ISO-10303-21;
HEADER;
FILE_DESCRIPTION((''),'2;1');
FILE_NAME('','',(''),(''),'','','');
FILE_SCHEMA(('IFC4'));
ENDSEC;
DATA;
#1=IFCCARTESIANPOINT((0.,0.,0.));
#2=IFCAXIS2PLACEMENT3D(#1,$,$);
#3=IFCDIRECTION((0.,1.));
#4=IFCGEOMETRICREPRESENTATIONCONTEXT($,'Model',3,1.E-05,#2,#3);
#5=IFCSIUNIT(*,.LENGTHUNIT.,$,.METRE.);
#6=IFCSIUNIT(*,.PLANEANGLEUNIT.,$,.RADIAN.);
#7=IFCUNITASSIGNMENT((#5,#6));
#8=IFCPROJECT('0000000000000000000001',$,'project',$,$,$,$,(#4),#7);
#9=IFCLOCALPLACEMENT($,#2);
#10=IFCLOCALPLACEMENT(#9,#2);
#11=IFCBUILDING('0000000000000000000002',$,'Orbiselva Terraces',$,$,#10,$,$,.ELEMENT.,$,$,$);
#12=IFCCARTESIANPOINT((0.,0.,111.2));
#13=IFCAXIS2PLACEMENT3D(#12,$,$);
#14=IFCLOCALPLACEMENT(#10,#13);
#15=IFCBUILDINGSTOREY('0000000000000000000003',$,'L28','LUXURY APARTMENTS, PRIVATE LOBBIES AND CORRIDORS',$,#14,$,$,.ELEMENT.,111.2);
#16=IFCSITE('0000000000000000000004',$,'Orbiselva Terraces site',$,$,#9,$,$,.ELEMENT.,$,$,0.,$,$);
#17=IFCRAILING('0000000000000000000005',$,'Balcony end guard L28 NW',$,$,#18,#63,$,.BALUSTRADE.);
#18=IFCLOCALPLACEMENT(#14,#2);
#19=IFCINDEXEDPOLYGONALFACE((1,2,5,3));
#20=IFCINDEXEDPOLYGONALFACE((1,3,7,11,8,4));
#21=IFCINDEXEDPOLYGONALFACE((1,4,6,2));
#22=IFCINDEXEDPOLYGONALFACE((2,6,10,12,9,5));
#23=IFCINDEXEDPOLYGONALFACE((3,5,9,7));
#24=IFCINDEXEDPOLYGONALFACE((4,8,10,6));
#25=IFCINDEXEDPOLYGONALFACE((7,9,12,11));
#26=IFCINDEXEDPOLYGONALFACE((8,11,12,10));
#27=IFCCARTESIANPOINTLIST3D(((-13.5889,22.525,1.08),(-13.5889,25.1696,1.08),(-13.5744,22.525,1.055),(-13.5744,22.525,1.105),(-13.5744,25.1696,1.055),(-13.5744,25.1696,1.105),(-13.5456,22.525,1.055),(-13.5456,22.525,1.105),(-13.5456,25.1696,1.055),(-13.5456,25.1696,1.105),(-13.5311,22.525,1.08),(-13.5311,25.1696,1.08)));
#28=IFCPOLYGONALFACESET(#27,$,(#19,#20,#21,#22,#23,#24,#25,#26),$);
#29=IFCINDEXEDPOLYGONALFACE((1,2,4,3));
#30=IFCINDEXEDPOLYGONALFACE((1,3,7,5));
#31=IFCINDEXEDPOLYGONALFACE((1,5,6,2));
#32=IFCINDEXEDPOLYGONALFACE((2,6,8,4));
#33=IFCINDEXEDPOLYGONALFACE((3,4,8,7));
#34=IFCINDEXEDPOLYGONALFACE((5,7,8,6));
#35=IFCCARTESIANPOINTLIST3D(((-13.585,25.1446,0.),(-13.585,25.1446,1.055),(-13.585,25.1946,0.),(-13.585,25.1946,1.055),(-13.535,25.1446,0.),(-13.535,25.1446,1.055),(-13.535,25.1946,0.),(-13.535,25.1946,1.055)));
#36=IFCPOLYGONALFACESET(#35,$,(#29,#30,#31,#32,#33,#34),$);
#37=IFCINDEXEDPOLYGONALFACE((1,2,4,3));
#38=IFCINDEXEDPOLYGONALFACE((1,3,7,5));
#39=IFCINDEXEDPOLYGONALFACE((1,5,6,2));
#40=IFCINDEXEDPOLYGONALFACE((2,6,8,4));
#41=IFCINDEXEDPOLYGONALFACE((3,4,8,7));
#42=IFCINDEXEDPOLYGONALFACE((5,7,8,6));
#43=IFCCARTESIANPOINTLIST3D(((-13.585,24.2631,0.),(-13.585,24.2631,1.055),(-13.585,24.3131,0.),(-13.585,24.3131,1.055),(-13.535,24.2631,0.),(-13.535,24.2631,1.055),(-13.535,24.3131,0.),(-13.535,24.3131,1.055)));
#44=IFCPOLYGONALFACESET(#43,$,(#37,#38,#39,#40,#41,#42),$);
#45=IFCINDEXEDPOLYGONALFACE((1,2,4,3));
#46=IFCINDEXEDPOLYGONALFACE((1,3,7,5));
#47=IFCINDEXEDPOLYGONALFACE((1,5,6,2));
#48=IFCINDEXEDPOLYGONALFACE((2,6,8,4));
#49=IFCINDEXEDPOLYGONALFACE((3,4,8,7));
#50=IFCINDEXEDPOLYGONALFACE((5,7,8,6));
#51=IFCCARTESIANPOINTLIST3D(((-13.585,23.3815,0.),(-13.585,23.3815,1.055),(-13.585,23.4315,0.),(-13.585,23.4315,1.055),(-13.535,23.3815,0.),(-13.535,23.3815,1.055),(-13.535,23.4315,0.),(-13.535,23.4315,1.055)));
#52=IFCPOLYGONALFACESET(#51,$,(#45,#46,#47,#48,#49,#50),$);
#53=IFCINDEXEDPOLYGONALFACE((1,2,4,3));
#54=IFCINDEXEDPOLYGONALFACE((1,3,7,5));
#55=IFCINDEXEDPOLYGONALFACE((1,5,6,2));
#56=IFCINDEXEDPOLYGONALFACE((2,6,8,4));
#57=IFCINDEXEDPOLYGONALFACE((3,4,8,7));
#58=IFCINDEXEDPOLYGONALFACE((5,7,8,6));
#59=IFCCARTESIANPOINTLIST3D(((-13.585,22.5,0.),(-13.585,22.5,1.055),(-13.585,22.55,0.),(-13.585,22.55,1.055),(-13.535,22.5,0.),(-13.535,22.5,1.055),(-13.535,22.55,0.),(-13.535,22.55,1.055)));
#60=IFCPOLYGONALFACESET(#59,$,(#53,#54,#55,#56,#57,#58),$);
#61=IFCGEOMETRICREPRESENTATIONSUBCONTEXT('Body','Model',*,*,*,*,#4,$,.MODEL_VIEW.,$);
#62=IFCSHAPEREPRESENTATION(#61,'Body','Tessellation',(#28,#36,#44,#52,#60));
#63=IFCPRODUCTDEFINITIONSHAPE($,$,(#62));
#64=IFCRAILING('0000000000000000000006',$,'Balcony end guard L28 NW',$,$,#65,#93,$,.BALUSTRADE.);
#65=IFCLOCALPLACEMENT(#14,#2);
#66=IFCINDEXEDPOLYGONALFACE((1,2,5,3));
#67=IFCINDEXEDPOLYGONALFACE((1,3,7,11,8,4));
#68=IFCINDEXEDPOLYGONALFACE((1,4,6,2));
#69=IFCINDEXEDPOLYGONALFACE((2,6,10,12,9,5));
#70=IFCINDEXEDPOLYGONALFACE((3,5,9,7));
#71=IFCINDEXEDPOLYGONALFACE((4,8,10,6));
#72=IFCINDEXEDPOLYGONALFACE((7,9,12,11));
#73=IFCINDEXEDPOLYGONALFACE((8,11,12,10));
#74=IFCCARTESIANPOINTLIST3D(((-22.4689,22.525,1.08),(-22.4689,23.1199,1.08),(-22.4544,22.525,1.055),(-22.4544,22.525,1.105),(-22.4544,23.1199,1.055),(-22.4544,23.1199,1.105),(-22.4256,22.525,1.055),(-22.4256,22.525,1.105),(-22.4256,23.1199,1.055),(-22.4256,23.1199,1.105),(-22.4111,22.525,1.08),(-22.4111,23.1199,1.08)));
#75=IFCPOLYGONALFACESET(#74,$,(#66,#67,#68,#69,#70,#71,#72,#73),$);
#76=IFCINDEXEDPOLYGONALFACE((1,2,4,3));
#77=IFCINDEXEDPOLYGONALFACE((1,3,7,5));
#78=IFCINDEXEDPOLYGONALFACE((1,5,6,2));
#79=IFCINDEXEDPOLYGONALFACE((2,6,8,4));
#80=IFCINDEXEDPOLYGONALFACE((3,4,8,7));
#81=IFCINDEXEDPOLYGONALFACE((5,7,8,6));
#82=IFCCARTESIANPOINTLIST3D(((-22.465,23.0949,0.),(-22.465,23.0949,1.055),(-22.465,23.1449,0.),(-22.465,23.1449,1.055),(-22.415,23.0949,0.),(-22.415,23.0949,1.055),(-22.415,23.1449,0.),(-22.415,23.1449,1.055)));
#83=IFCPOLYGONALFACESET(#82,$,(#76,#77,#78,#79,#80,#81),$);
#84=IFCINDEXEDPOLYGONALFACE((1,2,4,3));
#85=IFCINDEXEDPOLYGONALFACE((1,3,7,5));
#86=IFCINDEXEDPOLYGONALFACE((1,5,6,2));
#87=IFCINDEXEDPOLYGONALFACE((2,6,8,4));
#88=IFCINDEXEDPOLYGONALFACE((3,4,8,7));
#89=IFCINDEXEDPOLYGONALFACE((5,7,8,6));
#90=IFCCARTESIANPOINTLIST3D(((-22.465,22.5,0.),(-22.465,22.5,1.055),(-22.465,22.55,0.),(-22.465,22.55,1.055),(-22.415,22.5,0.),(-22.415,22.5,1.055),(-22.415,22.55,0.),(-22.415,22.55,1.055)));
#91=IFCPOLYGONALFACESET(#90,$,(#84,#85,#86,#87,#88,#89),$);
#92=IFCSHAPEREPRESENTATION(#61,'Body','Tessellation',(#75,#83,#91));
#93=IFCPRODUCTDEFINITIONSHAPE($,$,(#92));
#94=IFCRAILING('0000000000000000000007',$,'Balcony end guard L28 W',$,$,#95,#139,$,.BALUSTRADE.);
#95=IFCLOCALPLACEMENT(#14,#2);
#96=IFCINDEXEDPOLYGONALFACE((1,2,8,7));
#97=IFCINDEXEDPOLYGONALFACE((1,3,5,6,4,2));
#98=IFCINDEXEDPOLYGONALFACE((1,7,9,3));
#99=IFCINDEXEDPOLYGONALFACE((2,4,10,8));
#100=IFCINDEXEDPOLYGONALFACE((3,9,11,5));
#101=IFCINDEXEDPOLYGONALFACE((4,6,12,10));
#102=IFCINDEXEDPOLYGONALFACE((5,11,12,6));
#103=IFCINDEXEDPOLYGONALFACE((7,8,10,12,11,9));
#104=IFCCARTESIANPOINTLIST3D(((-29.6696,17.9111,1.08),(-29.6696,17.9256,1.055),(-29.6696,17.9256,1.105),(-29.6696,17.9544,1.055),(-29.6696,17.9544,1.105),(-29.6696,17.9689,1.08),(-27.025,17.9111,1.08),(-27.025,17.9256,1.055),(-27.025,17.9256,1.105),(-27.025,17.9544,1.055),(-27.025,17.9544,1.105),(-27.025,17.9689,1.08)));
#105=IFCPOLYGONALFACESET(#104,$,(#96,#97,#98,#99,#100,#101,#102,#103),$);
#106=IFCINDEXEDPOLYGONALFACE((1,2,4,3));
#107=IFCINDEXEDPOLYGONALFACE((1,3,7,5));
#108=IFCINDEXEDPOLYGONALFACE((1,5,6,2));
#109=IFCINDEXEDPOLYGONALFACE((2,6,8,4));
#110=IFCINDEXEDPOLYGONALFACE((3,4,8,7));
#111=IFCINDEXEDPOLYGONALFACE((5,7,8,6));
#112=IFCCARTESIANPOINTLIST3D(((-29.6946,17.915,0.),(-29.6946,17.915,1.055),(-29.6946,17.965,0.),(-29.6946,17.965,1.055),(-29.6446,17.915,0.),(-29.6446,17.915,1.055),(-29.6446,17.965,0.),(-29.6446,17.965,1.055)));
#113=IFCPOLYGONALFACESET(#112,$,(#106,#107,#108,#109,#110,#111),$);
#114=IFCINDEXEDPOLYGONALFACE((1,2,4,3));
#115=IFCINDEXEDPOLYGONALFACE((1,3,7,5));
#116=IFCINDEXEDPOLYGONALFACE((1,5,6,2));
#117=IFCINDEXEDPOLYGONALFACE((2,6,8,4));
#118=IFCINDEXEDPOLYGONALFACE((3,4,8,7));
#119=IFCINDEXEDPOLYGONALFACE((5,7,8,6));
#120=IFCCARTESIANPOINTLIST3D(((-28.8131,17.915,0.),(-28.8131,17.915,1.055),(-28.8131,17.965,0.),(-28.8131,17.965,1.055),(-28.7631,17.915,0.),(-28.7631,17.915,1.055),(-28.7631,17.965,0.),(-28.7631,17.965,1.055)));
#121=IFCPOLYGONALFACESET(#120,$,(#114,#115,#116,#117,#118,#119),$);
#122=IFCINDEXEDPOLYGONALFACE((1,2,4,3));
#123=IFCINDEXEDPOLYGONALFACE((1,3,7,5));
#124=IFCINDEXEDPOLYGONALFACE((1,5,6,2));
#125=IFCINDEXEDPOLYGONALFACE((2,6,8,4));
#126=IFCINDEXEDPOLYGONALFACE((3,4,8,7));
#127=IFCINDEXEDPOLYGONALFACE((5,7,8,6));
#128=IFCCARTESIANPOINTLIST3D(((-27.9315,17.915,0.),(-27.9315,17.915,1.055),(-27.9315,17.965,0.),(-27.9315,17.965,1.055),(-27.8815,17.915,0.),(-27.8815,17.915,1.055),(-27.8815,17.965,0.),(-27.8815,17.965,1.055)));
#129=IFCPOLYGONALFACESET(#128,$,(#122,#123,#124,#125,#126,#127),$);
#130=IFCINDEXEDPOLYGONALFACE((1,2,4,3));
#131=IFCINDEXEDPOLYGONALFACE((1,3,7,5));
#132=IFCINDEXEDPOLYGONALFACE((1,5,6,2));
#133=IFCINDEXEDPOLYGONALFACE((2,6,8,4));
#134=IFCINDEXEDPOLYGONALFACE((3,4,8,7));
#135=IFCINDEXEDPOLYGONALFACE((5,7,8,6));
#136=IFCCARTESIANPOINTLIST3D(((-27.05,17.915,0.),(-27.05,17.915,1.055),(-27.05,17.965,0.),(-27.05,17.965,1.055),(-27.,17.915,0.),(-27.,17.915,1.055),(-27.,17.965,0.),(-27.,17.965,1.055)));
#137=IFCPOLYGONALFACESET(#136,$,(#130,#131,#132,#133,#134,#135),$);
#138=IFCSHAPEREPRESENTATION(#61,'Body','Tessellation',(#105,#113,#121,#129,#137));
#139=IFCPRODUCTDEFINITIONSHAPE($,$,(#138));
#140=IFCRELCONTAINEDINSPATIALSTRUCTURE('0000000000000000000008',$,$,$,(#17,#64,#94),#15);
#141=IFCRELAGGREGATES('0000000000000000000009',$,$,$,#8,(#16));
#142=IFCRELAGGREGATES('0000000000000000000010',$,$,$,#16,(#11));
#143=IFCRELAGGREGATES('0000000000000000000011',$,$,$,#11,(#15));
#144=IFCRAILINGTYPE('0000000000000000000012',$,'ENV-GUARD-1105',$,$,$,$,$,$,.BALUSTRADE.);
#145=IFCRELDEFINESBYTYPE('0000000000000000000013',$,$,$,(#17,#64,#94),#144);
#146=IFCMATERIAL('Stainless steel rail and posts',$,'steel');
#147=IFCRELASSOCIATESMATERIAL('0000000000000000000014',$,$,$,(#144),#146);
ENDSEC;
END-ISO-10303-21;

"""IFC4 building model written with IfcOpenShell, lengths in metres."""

from ifc_helpers import new_model, si_unit, direction, frame, origin, origin_2d, place, context, subcontext, project, spatial, polyline, rectangle, outline, extrude, material, type_object, element, save


model = new_model("IFC4")

# Units and contexts
model_context = context("Model", 3, precision=1e-05, world=origin(), true_north=direction((0.0, 1.0)))
body_context = subcontext(model_context, "Body", "Model", "MODEL_VIEW")
ifc_project = project(units=[si_unit("LENGTHUNIT", "METRE"), si_unit("PLANEANGLEUNIT", "RADIAN")], contexts=[model_context])

# Site, building, storey
site_placement = place(None, origin())
site = spatial("IfcSite", under=ifc_project, at=site_placement, Name="Orbiselva Terraces site", CompositionType="ELEMENT", RefElevation=0.0)
building_placement = place(site_placement, origin())
building = spatial("IfcBuilding", under=site, at=building_placement, Name="Orbiselva Terraces", CompositionType="ELEMENT")
storey_placement = place(building_placement, frame((0.0, 0.0, 111.2)))
storey = spatial("IfcBuildingStorey", under=building, at=storey_placement, Name="L28", Description="LUXURY APARTMENTS, PRIVATE LOBBIES AND CORRIDORS", CompositionType="ELEMENT", Elevation=111.2)

# Railings
ifc_material_1 = material(Name="Stainless steel rail and posts", Category="steel")
railing_type_1 = type_object("IfcRailingType", Name="ENV-GUARD-1105", PredefinedType="BALUSTRADE", material=ifc_material_1)
railing_1_placement = place(storey_placement, frame((-13.56, 25.1696, 0.0)))
element("IfcRailing", 1, at=railing_1_placement, inside=storey, type_object=railing_type_1, Name="Balcony end guard L28 NW", PredefinedType="BALUSTRADE", context=body_context, shape_type="SweptSolid", body=[
    extrude(outline(polyline([(0.0289, 0.0), (0.0144, 0.025), (-0.0144, 0.025), (-0.0289, 0.0), (-0.0144, -0.025), (0.0144, -0.025), (0.0289, 0.0)])), frame((0.0, 0.0, 1.08), z_axis=(0.0, -1.0, 0.0), x_axis=(1.0, 0.0, 0.0)), (0.0, 0.0, 1.0), 2.6446),
    extrude(rectangle(XDim=0.05, YDim=0.05, at=origin_2d()), origin(), (0.0, 0.0, 1.0), 1.055),
    extrude(rectangle(XDim=0.05, YDim=0.05, at=origin_2d()), frame((0.0, -0.8815, 0.0)), (0.0, 0.0, 1.0), 1.055),
    extrude(rectangle(XDim=0.05, YDim=0.05, at=origin_2d()), frame((0.0, -1.7631, 0.0)), (0.0, 0.0, 1.0), 1.055),
    extrude(rectangle(XDim=0.05, YDim=0.05, at=origin_2d()), frame((0.0, -2.6446, 0.0)), (0.0, 0.0, 1.0), 1.055),
])
railing_2_placement = place(storey_placement, frame((-22.44, 23.1199, 0.0)))
element("IfcRailing", 2, at=railing_2_placement, inside=storey, type_object=railing_type_1, Name="Balcony end guard L28 NW", PredefinedType="BALUSTRADE", context=body_context, shape_type="SweptSolid", body=[
    extrude(outline(polyline([(0.0289, 0.0), (0.0144, 0.025), (-0.0144, 0.025), (-0.0289, 0.0), (-0.0144, -0.025), (0.0144, -0.025), (0.0289, 0.0)])), frame((0.0, 0.0, 1.08), z_axis=(0.0, -1.0, 0.0), x_axis=(1.0, 0.0, 0.0)), (0.0, 0.0, 1.0), 0.5949),
    extrude(rectangle(XDim=0.05, YDim=0.05, at=origin_2d()), origin(), (0.0, 0.0, 1.0), 1.055),
    extrude(rectangle(XDim=0.05, YDim=0.05, at=origin_2d()), frame((0.0, -0.5949, 0.0)), (0.0, 0.0, 1.0), 1.055),
])
railing_3_placement = place(storey_placement, frame((-29.6696, 17.94, 0.0)))
element("IfcRailing", 3, at=railing_3_placement, inside=storey, type_object=railing_type_1, Name="Balcony end guard L28 W", PredefinedType="BALUSTRADE", context=body_context, shape_type="SweptSolid", body=[
    extrude(outline(polyline([(0.0289, 0.0), (0.0144, 0.025), (-0.0144, 0.025), (-0.0289, 0.0), (-0.0144, -0.025), (0.0144, -0.025), (0.0289, 0.0)])), frame((0.0, 0.0, 1.08), z_axis=(1.0, 0.0, 0.0), x_axis=(0.0, 1.0, 0.0)), (0.0, 0.0, 1.0), 2.6446),
    extrude(rectangle(XDim=0.05, YDim=0.05, at=origin_2d()), origin(), (0.0, 0.0, 1.0), 1.055),
    extrude(rectangle(XDim=0.05, YDim=0.05, at=origin_2d()), frame((0.8815, 0.0, 0.0)), (0.0, 0.0, 1.0), 1.055),
    extrude(rectangle(XDim=0.05, YDim=0.05, at=origin_2d()), frame((1.7631, 0.0, 0.0)), (0.0, 0.0, 1.0), 1.055),
    extrude(rectangle(XDim=0.05, YDim=0.05, at=origin_2d()), frame((2.6446, 0.0, 0.0)), (0.0, 0.0, 1.0), 1.055),
])

save(model, "model.ifc")
